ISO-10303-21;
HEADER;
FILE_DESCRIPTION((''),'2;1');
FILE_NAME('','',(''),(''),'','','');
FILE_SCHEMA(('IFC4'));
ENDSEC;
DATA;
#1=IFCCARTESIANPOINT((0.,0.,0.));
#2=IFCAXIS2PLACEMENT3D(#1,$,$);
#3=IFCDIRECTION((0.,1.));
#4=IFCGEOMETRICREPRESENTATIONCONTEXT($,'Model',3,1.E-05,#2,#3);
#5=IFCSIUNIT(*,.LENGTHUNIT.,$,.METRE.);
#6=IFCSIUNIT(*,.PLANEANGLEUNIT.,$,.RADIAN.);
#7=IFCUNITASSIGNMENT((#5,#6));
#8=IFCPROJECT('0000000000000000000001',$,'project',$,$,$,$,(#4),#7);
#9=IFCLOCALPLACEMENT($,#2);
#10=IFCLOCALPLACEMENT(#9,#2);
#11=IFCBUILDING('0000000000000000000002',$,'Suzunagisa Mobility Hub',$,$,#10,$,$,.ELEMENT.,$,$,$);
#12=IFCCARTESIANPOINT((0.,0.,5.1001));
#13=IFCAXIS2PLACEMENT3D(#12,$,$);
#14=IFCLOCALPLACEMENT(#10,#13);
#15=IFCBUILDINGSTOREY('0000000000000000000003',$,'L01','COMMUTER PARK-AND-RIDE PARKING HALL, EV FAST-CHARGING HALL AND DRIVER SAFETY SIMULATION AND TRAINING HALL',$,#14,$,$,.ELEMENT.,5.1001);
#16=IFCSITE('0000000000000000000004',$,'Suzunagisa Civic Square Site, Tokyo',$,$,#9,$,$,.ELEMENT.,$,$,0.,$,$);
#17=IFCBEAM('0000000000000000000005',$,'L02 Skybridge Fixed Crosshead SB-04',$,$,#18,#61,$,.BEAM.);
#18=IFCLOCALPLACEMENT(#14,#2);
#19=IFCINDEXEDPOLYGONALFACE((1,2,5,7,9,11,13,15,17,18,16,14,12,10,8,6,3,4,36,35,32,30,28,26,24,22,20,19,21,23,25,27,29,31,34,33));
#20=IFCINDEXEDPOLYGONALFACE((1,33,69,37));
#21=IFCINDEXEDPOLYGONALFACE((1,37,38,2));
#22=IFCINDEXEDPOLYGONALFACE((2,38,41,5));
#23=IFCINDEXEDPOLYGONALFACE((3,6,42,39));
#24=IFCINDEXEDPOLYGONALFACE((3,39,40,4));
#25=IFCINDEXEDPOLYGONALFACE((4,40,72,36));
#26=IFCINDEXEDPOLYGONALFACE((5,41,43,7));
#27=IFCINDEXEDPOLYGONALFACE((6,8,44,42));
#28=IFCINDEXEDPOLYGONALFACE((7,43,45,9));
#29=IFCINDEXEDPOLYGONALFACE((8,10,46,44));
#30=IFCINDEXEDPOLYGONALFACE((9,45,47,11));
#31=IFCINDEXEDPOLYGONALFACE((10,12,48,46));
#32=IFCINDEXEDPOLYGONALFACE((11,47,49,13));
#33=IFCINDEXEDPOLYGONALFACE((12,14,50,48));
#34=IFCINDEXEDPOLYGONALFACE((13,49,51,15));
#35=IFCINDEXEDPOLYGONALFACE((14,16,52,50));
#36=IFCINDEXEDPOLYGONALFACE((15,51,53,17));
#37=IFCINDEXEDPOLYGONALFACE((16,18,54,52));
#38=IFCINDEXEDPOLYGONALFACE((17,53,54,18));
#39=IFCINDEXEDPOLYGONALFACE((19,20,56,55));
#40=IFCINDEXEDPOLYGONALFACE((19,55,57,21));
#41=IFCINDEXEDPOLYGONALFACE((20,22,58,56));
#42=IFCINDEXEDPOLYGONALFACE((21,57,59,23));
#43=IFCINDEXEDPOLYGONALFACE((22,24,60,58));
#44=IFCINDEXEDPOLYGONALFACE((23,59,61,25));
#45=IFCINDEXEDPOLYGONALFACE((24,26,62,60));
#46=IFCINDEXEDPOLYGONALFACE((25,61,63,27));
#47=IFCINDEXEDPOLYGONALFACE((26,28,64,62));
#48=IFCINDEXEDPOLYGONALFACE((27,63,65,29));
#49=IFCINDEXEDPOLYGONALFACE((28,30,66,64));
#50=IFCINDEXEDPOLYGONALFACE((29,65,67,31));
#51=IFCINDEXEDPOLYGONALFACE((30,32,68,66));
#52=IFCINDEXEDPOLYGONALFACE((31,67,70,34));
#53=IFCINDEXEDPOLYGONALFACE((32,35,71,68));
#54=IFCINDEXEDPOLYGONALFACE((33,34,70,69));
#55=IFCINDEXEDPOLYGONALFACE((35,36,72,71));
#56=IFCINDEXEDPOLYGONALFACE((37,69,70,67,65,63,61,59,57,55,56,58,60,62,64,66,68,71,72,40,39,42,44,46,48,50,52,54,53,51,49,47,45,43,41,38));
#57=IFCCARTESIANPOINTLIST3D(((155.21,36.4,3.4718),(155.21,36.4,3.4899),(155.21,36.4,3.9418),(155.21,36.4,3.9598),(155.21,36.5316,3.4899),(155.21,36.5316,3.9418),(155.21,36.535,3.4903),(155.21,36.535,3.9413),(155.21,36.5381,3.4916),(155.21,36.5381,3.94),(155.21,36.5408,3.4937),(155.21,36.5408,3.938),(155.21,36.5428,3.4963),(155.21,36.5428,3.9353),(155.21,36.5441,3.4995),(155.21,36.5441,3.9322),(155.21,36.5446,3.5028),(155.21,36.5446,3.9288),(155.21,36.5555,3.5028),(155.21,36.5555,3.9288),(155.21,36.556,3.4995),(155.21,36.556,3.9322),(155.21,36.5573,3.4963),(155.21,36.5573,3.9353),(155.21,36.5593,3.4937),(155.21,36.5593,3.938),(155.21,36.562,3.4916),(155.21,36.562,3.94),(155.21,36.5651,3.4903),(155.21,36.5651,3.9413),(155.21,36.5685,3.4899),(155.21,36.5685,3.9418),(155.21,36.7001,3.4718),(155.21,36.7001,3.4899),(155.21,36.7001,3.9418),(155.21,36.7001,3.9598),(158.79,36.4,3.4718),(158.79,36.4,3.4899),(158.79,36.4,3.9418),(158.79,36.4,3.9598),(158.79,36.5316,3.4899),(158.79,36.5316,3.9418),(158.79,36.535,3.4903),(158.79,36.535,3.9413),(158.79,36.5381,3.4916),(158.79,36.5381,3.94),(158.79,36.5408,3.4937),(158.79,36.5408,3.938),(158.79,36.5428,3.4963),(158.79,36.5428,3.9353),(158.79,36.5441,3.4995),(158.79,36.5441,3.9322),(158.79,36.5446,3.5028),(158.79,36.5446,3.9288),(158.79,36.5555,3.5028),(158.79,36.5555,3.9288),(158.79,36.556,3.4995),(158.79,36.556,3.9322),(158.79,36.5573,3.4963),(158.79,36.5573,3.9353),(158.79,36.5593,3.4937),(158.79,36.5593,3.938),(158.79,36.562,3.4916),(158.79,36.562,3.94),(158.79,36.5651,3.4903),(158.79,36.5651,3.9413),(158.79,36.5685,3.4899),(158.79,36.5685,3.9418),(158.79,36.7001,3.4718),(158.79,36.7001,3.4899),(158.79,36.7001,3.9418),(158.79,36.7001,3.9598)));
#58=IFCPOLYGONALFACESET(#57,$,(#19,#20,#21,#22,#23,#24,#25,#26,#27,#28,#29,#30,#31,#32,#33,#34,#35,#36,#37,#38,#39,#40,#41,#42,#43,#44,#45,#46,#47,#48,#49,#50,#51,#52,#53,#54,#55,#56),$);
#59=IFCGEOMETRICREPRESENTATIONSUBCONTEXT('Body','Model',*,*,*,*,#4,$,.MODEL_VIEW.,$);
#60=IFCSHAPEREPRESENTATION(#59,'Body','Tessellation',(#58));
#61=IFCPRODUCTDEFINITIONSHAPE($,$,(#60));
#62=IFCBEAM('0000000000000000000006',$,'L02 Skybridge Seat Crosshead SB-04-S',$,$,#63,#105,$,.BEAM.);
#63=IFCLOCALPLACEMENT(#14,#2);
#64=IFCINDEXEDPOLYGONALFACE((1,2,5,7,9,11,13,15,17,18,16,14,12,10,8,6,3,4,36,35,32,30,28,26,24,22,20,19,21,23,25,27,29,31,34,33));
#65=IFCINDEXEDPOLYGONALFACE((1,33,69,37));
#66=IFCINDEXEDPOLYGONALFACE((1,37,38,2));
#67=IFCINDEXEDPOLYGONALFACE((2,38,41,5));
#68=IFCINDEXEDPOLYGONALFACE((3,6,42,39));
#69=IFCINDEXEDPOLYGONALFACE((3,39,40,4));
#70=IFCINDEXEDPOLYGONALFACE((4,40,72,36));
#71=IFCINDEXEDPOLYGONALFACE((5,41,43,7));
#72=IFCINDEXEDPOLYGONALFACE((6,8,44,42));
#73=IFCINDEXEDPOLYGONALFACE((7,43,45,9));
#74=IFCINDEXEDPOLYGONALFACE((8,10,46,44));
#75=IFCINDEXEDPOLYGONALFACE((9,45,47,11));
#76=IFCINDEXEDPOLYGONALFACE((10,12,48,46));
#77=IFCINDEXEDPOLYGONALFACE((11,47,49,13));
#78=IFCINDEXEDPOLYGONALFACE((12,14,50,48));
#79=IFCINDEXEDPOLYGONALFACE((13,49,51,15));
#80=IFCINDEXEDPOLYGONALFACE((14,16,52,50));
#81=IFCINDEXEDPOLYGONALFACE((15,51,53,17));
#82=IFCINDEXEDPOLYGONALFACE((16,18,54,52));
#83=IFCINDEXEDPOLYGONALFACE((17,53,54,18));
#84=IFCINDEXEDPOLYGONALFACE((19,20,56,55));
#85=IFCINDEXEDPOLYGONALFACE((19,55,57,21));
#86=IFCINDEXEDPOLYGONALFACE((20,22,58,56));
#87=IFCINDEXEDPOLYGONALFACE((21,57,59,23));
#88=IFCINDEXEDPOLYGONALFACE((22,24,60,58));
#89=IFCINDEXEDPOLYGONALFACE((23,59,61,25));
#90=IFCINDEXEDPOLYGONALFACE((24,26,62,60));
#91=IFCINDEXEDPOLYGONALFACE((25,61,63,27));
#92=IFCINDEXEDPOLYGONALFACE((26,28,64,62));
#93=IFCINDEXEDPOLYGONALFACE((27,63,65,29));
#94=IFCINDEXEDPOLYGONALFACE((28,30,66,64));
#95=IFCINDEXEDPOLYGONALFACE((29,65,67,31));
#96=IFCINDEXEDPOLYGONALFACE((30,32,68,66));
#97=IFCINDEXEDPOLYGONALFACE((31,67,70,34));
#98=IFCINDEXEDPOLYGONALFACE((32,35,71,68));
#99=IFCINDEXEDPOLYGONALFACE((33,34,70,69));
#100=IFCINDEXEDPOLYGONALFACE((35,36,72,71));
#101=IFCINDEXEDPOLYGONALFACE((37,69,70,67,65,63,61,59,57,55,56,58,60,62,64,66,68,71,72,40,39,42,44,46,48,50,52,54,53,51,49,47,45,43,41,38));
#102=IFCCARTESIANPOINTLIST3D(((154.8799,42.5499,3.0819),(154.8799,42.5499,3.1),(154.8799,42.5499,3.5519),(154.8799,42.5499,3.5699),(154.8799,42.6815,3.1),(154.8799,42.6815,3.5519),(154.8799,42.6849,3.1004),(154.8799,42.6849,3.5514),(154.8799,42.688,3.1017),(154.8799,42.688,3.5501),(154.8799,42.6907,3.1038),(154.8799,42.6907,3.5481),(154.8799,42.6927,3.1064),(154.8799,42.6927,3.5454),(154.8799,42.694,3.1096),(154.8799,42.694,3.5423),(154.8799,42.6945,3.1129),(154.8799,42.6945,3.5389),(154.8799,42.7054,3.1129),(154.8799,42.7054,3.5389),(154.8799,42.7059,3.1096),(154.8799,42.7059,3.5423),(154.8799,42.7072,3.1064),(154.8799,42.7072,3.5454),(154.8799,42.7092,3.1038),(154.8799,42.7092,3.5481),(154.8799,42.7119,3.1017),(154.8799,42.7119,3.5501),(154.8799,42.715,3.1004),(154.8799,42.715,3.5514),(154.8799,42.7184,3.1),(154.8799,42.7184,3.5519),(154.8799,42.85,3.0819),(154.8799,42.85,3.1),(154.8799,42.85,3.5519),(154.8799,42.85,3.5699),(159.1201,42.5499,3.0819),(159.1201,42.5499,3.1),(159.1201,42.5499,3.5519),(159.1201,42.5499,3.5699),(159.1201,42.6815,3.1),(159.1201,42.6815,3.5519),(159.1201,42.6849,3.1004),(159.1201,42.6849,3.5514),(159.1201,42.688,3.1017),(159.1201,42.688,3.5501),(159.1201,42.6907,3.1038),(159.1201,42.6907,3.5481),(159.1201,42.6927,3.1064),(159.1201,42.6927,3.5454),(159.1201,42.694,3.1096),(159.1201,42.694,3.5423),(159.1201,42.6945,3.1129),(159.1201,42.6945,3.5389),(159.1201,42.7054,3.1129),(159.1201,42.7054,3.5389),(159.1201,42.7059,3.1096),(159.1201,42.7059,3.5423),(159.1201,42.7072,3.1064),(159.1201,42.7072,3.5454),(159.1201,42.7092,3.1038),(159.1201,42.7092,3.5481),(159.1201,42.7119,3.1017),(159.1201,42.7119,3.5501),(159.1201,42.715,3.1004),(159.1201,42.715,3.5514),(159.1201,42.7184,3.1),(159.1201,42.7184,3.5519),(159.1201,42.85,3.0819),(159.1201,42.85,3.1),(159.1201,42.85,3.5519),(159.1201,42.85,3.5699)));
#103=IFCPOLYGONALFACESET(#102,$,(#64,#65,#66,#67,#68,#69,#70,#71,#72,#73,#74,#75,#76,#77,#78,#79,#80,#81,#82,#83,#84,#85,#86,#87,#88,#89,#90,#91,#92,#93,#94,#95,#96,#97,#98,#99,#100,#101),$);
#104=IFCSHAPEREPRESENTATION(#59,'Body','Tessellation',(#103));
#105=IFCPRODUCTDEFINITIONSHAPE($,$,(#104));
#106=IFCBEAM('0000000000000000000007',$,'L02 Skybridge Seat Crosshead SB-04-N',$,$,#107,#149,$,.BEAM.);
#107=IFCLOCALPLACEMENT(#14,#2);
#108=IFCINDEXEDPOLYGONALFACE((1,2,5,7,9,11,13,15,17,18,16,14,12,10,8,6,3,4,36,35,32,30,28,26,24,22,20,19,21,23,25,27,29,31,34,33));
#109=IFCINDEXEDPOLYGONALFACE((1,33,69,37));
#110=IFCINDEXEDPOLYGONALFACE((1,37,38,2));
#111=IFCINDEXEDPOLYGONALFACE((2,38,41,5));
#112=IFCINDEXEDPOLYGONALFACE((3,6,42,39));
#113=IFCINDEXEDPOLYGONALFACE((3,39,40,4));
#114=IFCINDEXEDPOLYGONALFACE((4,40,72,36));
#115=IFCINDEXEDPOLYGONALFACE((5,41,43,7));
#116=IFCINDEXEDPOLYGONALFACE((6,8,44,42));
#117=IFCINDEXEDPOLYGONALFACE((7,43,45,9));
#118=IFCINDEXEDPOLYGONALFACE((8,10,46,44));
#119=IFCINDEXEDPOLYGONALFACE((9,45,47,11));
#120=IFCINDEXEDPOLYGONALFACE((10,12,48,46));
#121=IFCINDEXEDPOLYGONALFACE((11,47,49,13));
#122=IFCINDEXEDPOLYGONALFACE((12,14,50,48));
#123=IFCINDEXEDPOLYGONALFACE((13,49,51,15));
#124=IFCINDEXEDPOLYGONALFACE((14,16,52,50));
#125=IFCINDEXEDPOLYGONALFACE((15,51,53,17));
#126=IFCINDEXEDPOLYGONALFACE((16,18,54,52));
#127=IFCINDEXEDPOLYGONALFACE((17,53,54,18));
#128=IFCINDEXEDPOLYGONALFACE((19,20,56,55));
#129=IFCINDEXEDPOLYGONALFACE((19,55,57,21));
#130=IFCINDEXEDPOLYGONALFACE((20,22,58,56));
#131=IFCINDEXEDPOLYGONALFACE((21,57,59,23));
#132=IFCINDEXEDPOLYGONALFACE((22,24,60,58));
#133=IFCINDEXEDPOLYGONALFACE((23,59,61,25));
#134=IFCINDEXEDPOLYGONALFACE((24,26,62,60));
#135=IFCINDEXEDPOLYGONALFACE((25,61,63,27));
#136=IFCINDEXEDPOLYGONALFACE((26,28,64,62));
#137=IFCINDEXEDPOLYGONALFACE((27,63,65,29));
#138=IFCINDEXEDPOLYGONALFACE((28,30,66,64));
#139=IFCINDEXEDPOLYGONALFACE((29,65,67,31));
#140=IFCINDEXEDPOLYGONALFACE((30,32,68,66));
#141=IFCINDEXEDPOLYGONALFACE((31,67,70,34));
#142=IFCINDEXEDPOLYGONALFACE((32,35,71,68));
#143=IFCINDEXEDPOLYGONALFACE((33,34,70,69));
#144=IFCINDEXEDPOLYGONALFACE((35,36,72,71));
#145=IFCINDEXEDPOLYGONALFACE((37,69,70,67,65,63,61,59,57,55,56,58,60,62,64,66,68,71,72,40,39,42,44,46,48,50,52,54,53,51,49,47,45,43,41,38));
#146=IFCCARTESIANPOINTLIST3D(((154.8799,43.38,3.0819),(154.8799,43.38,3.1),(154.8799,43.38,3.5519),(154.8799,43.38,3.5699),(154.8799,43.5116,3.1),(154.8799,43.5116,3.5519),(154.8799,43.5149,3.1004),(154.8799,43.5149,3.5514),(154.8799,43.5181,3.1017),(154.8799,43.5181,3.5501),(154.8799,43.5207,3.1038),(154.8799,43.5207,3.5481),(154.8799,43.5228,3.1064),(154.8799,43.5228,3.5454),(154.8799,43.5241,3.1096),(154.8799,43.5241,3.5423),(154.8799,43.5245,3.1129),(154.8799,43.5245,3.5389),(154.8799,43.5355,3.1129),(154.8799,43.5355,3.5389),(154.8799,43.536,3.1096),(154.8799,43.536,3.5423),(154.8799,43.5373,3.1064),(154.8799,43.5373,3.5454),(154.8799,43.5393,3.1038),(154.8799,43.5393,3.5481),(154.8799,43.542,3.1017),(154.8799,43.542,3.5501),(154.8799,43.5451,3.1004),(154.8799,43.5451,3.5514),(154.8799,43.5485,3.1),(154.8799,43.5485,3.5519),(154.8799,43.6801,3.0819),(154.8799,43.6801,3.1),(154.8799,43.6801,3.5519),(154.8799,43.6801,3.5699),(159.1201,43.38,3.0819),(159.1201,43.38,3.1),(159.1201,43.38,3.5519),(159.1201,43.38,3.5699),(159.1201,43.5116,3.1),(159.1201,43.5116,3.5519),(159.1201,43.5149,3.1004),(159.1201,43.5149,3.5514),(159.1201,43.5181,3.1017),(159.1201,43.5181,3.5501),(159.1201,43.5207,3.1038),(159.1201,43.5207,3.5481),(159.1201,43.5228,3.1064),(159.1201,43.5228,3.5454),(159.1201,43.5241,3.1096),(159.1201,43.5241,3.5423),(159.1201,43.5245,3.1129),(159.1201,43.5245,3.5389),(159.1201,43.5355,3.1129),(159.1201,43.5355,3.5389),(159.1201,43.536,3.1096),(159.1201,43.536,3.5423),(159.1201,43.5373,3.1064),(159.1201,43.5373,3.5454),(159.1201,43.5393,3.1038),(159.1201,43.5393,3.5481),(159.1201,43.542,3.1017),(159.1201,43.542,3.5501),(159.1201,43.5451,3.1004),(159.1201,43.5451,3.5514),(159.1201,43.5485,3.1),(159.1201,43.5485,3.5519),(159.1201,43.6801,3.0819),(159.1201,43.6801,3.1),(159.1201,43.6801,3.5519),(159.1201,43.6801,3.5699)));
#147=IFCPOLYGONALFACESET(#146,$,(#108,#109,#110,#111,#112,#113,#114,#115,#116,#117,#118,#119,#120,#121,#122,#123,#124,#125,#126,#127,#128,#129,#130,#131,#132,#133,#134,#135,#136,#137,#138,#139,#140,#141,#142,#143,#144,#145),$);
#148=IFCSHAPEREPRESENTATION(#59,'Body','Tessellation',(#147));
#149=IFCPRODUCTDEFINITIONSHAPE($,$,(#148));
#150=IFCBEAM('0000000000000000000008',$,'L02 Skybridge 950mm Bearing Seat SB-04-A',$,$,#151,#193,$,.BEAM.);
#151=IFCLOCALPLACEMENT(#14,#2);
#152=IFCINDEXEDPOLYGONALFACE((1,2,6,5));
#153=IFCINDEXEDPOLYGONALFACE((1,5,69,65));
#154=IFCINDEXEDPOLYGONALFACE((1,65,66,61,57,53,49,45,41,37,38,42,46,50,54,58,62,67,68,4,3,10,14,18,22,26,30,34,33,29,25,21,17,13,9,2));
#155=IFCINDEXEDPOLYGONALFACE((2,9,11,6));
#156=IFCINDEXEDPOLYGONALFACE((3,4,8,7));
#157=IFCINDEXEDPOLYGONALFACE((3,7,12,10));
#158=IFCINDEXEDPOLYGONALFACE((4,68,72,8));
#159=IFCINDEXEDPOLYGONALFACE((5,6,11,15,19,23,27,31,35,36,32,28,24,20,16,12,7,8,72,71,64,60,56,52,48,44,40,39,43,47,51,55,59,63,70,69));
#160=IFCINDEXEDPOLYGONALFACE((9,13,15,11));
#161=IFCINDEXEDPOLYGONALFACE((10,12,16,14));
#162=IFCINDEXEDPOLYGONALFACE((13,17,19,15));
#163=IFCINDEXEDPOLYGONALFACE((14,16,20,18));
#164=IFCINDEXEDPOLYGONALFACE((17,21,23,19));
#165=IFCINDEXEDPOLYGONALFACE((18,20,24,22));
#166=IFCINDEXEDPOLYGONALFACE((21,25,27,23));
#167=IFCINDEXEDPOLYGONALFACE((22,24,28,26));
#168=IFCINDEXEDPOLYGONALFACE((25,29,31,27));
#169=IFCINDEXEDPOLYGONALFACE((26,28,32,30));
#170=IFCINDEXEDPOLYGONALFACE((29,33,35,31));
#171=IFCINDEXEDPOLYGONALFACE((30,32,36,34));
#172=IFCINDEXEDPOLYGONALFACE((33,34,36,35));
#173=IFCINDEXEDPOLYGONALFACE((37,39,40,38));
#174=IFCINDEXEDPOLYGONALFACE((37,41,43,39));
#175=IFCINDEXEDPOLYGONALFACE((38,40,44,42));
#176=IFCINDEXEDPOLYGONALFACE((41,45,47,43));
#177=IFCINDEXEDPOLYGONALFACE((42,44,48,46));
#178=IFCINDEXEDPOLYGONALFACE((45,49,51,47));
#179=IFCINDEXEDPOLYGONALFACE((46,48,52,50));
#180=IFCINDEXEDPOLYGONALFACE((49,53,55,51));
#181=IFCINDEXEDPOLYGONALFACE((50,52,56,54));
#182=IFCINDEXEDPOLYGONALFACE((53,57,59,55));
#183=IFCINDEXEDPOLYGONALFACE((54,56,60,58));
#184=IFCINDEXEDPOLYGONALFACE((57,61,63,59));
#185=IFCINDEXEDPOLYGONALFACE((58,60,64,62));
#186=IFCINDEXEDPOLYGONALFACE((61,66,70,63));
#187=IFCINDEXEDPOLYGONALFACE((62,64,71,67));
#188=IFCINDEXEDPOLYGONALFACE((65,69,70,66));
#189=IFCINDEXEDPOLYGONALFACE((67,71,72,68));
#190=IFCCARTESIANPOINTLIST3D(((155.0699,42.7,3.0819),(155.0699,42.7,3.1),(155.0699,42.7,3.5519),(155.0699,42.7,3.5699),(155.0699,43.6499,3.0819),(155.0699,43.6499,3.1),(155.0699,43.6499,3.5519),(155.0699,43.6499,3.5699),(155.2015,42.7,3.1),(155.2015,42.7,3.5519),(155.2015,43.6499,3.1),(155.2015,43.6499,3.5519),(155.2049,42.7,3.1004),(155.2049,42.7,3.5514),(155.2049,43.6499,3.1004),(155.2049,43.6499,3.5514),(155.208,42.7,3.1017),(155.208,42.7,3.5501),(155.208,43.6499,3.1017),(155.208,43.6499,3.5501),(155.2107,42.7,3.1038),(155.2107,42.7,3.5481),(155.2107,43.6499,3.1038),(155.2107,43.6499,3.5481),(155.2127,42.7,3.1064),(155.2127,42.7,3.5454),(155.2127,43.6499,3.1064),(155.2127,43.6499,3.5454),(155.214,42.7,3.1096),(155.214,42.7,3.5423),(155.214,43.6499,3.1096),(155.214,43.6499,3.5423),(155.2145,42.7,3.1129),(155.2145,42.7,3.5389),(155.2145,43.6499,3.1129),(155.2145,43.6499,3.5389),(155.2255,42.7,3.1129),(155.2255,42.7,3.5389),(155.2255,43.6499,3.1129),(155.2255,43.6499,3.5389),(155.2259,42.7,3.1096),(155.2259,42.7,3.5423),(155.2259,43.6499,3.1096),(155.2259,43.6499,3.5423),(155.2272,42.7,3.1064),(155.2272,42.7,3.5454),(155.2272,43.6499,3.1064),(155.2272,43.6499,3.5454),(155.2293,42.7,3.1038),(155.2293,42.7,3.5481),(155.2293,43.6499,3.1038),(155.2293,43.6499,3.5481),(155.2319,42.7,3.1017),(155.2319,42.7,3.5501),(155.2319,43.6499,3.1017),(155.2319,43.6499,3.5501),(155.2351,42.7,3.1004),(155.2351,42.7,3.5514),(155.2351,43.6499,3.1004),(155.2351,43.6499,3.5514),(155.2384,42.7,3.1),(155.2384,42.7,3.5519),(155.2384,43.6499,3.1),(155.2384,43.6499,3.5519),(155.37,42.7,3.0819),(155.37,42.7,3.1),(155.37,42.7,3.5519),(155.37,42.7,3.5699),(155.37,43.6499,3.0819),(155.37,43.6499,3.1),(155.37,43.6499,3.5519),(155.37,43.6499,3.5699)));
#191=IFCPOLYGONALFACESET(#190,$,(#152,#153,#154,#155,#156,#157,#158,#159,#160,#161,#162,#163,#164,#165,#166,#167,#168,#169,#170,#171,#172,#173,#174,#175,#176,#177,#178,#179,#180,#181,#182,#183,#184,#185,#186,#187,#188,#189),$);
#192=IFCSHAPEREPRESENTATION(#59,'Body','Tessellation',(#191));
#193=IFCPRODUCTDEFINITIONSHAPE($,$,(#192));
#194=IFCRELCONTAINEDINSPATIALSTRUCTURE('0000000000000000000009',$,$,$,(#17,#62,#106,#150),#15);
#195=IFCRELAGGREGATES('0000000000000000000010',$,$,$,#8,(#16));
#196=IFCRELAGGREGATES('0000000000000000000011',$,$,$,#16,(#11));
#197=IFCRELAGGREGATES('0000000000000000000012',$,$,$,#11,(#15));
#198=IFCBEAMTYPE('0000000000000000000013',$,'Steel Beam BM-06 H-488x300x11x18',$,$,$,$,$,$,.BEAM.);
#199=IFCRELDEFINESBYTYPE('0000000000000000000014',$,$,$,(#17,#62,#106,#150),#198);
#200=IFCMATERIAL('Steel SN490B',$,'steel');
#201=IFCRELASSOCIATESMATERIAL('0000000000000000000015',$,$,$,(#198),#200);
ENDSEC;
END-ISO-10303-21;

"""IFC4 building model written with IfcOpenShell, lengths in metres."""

from ifc_helpers import new_model, si_unit, direction, frame, origin, origin_2d, place, context, subcontext, project, spatial, i_section, extrude, material, material_profile, profile_set, type_object, element, save


model = new_model("IFC4")

# Units and contexts
model_context = context("Model", 3, precision=1e-05, world=origin(), true_north=direction((0.0, 1.0)))
body_context = subcontext(model_context, "Body", "Model", "MODEL_VIEW")
ifc_project = project(units=[si_unit("LENGTHUNIT", "METRE"), si_unit("PLANEANGLEUNIT", "RADIAN")], contexts=[model_context])

# Site, building, storey
site_placement = place(None, origin())
site = spatial("IfcSite", under=ifc_project, at=site_placement, Name="Suzunagisa Civic Square Site, Tokyo", CompositionType="ELEMENT", RefElevation=0.0)
building_placement = place(site_placement, origin())
building = spatial("IfcBuilding", under=site, at=building_placement, Name="Suzunagisa Mobility Hub", CompositionType="ELEMENT")
storey_placement = place(building_placement, frame((0.0, 0.0, 5.1001)))
storey = spatial("IfcBuildingStorey", under=building, at=storey_placement, Name="L01", Description="COMMUTER PARK-AND-RIDE PARKING HALL, EV FAST-CHARGING HALL AND DRIVER SAFETY SIMULATION AND TRAINING HALL", CompositionType="ELEMENT", Elevation=5.1001)

# Shared definitions
ifc_material_1 = material(Name="Steel SN490B", Category="steel")

# Beams
ifc_material_profile_1 = material_profile(ifc_material_1, i_section(OverallWidth=0.3, OverallDepth=0.488, WebThickness=0.011, FlangeThickness=0.0181, FilletRadius=0.0129, at=origin_2d()), Name="H-488x300x11x18")
ifc_profile_set_1 = profile_set([ifc_material_profile_1], Name="Steel SN490B")
beam_type_1 = type_object("IfcBeamType", Name="Steel Beam BM-06 H-488x300x11x18", PredefinedType="BEAM", material=ifc_profile_set_1)
beam_1_placement = place(storey_placement, frame((155.21, 36.55, 3.7158), z_axis=(1.0, 0.0, 0.0), x_axis=(0.0, 1.0, 0.0)))
element("IfcBeam", 1, at=beam_1_placement, inside=storey, type_object=beam_type_1, Name="L02 Skybridge Fixed Crosshead SB-04", PredefinedType="BEAM", context=body_context, shape_type="SweptSolid", body=[
    extrude(i_section(OverallWidth=0.3, OverallDepth=0.488, WebThickness=0.011, FlangeThickness=0.0181, FilletRadius=0.0129, at=origin_2d()), origin(), (0.0, 0.0, 1.0), 3.5801),
])
for number, where, z_axis, x_axis, name in (
    (2, (154.8799, 42.7, 3.3259), (1.0, 0.0, 0.0), (0.0, 1.0, 0.0), "L02 Skybridge Seat Crosshead SB-04-S"),
    (3, (154.8799, 43.53, 3.3259), (1.0, 0.0, 0.0), (0.0, 1.0, 0.0), "L02 Skybridge Seat Crosshead SB-04-N"),
):
    element("IfcBeam", number, at=place(storey_placement, frame(where, z_axis=z_axis, x_axis=x_axis)), inside=storey, type_object=beam_type_1, Name=name, PredefinedType="BEAM", context=body_context, shape_type="SweptSolid", body=[
        extrude(i_section(OverallWidth=0.3, OverallDepth=0.488, WebThickness=0.011, FlangeThickness=0.0181, FilletRadius=0.0129, at=origin_2d()), origin(), (0.0, 0.0, 1.0), 4.2402),
    ])
for number, where, z_axis, x_axis, name in (
    (4, (155.22, 42.7, 3.3259), (0.0, 1.0, 0.0), (-1.0, 0.0, 0.0), "L02 Skybridge 950mm Bearing Seat SB-04-A"),
):
    element("IfcBeam", number, at=place(storey_placement, frame(where, z_axis=z_axis, x_axis=x_axis)), inside=storey, type_object=beam_type_1, Name=name, PredefinedType="BEAM", context=body_context, shape_type="SweptSolid", body=[
        extrude(i_section(OverallWidth=0.3, OverallDepth=0.488, WebThickness=0.011, FlangeThickness=0.0181, FilletRadius=0.0129, at=origin_2d()), origin(), (0.0, 0.0, 1.0), 0.95),
    ])

save(model, "model.ifc")
